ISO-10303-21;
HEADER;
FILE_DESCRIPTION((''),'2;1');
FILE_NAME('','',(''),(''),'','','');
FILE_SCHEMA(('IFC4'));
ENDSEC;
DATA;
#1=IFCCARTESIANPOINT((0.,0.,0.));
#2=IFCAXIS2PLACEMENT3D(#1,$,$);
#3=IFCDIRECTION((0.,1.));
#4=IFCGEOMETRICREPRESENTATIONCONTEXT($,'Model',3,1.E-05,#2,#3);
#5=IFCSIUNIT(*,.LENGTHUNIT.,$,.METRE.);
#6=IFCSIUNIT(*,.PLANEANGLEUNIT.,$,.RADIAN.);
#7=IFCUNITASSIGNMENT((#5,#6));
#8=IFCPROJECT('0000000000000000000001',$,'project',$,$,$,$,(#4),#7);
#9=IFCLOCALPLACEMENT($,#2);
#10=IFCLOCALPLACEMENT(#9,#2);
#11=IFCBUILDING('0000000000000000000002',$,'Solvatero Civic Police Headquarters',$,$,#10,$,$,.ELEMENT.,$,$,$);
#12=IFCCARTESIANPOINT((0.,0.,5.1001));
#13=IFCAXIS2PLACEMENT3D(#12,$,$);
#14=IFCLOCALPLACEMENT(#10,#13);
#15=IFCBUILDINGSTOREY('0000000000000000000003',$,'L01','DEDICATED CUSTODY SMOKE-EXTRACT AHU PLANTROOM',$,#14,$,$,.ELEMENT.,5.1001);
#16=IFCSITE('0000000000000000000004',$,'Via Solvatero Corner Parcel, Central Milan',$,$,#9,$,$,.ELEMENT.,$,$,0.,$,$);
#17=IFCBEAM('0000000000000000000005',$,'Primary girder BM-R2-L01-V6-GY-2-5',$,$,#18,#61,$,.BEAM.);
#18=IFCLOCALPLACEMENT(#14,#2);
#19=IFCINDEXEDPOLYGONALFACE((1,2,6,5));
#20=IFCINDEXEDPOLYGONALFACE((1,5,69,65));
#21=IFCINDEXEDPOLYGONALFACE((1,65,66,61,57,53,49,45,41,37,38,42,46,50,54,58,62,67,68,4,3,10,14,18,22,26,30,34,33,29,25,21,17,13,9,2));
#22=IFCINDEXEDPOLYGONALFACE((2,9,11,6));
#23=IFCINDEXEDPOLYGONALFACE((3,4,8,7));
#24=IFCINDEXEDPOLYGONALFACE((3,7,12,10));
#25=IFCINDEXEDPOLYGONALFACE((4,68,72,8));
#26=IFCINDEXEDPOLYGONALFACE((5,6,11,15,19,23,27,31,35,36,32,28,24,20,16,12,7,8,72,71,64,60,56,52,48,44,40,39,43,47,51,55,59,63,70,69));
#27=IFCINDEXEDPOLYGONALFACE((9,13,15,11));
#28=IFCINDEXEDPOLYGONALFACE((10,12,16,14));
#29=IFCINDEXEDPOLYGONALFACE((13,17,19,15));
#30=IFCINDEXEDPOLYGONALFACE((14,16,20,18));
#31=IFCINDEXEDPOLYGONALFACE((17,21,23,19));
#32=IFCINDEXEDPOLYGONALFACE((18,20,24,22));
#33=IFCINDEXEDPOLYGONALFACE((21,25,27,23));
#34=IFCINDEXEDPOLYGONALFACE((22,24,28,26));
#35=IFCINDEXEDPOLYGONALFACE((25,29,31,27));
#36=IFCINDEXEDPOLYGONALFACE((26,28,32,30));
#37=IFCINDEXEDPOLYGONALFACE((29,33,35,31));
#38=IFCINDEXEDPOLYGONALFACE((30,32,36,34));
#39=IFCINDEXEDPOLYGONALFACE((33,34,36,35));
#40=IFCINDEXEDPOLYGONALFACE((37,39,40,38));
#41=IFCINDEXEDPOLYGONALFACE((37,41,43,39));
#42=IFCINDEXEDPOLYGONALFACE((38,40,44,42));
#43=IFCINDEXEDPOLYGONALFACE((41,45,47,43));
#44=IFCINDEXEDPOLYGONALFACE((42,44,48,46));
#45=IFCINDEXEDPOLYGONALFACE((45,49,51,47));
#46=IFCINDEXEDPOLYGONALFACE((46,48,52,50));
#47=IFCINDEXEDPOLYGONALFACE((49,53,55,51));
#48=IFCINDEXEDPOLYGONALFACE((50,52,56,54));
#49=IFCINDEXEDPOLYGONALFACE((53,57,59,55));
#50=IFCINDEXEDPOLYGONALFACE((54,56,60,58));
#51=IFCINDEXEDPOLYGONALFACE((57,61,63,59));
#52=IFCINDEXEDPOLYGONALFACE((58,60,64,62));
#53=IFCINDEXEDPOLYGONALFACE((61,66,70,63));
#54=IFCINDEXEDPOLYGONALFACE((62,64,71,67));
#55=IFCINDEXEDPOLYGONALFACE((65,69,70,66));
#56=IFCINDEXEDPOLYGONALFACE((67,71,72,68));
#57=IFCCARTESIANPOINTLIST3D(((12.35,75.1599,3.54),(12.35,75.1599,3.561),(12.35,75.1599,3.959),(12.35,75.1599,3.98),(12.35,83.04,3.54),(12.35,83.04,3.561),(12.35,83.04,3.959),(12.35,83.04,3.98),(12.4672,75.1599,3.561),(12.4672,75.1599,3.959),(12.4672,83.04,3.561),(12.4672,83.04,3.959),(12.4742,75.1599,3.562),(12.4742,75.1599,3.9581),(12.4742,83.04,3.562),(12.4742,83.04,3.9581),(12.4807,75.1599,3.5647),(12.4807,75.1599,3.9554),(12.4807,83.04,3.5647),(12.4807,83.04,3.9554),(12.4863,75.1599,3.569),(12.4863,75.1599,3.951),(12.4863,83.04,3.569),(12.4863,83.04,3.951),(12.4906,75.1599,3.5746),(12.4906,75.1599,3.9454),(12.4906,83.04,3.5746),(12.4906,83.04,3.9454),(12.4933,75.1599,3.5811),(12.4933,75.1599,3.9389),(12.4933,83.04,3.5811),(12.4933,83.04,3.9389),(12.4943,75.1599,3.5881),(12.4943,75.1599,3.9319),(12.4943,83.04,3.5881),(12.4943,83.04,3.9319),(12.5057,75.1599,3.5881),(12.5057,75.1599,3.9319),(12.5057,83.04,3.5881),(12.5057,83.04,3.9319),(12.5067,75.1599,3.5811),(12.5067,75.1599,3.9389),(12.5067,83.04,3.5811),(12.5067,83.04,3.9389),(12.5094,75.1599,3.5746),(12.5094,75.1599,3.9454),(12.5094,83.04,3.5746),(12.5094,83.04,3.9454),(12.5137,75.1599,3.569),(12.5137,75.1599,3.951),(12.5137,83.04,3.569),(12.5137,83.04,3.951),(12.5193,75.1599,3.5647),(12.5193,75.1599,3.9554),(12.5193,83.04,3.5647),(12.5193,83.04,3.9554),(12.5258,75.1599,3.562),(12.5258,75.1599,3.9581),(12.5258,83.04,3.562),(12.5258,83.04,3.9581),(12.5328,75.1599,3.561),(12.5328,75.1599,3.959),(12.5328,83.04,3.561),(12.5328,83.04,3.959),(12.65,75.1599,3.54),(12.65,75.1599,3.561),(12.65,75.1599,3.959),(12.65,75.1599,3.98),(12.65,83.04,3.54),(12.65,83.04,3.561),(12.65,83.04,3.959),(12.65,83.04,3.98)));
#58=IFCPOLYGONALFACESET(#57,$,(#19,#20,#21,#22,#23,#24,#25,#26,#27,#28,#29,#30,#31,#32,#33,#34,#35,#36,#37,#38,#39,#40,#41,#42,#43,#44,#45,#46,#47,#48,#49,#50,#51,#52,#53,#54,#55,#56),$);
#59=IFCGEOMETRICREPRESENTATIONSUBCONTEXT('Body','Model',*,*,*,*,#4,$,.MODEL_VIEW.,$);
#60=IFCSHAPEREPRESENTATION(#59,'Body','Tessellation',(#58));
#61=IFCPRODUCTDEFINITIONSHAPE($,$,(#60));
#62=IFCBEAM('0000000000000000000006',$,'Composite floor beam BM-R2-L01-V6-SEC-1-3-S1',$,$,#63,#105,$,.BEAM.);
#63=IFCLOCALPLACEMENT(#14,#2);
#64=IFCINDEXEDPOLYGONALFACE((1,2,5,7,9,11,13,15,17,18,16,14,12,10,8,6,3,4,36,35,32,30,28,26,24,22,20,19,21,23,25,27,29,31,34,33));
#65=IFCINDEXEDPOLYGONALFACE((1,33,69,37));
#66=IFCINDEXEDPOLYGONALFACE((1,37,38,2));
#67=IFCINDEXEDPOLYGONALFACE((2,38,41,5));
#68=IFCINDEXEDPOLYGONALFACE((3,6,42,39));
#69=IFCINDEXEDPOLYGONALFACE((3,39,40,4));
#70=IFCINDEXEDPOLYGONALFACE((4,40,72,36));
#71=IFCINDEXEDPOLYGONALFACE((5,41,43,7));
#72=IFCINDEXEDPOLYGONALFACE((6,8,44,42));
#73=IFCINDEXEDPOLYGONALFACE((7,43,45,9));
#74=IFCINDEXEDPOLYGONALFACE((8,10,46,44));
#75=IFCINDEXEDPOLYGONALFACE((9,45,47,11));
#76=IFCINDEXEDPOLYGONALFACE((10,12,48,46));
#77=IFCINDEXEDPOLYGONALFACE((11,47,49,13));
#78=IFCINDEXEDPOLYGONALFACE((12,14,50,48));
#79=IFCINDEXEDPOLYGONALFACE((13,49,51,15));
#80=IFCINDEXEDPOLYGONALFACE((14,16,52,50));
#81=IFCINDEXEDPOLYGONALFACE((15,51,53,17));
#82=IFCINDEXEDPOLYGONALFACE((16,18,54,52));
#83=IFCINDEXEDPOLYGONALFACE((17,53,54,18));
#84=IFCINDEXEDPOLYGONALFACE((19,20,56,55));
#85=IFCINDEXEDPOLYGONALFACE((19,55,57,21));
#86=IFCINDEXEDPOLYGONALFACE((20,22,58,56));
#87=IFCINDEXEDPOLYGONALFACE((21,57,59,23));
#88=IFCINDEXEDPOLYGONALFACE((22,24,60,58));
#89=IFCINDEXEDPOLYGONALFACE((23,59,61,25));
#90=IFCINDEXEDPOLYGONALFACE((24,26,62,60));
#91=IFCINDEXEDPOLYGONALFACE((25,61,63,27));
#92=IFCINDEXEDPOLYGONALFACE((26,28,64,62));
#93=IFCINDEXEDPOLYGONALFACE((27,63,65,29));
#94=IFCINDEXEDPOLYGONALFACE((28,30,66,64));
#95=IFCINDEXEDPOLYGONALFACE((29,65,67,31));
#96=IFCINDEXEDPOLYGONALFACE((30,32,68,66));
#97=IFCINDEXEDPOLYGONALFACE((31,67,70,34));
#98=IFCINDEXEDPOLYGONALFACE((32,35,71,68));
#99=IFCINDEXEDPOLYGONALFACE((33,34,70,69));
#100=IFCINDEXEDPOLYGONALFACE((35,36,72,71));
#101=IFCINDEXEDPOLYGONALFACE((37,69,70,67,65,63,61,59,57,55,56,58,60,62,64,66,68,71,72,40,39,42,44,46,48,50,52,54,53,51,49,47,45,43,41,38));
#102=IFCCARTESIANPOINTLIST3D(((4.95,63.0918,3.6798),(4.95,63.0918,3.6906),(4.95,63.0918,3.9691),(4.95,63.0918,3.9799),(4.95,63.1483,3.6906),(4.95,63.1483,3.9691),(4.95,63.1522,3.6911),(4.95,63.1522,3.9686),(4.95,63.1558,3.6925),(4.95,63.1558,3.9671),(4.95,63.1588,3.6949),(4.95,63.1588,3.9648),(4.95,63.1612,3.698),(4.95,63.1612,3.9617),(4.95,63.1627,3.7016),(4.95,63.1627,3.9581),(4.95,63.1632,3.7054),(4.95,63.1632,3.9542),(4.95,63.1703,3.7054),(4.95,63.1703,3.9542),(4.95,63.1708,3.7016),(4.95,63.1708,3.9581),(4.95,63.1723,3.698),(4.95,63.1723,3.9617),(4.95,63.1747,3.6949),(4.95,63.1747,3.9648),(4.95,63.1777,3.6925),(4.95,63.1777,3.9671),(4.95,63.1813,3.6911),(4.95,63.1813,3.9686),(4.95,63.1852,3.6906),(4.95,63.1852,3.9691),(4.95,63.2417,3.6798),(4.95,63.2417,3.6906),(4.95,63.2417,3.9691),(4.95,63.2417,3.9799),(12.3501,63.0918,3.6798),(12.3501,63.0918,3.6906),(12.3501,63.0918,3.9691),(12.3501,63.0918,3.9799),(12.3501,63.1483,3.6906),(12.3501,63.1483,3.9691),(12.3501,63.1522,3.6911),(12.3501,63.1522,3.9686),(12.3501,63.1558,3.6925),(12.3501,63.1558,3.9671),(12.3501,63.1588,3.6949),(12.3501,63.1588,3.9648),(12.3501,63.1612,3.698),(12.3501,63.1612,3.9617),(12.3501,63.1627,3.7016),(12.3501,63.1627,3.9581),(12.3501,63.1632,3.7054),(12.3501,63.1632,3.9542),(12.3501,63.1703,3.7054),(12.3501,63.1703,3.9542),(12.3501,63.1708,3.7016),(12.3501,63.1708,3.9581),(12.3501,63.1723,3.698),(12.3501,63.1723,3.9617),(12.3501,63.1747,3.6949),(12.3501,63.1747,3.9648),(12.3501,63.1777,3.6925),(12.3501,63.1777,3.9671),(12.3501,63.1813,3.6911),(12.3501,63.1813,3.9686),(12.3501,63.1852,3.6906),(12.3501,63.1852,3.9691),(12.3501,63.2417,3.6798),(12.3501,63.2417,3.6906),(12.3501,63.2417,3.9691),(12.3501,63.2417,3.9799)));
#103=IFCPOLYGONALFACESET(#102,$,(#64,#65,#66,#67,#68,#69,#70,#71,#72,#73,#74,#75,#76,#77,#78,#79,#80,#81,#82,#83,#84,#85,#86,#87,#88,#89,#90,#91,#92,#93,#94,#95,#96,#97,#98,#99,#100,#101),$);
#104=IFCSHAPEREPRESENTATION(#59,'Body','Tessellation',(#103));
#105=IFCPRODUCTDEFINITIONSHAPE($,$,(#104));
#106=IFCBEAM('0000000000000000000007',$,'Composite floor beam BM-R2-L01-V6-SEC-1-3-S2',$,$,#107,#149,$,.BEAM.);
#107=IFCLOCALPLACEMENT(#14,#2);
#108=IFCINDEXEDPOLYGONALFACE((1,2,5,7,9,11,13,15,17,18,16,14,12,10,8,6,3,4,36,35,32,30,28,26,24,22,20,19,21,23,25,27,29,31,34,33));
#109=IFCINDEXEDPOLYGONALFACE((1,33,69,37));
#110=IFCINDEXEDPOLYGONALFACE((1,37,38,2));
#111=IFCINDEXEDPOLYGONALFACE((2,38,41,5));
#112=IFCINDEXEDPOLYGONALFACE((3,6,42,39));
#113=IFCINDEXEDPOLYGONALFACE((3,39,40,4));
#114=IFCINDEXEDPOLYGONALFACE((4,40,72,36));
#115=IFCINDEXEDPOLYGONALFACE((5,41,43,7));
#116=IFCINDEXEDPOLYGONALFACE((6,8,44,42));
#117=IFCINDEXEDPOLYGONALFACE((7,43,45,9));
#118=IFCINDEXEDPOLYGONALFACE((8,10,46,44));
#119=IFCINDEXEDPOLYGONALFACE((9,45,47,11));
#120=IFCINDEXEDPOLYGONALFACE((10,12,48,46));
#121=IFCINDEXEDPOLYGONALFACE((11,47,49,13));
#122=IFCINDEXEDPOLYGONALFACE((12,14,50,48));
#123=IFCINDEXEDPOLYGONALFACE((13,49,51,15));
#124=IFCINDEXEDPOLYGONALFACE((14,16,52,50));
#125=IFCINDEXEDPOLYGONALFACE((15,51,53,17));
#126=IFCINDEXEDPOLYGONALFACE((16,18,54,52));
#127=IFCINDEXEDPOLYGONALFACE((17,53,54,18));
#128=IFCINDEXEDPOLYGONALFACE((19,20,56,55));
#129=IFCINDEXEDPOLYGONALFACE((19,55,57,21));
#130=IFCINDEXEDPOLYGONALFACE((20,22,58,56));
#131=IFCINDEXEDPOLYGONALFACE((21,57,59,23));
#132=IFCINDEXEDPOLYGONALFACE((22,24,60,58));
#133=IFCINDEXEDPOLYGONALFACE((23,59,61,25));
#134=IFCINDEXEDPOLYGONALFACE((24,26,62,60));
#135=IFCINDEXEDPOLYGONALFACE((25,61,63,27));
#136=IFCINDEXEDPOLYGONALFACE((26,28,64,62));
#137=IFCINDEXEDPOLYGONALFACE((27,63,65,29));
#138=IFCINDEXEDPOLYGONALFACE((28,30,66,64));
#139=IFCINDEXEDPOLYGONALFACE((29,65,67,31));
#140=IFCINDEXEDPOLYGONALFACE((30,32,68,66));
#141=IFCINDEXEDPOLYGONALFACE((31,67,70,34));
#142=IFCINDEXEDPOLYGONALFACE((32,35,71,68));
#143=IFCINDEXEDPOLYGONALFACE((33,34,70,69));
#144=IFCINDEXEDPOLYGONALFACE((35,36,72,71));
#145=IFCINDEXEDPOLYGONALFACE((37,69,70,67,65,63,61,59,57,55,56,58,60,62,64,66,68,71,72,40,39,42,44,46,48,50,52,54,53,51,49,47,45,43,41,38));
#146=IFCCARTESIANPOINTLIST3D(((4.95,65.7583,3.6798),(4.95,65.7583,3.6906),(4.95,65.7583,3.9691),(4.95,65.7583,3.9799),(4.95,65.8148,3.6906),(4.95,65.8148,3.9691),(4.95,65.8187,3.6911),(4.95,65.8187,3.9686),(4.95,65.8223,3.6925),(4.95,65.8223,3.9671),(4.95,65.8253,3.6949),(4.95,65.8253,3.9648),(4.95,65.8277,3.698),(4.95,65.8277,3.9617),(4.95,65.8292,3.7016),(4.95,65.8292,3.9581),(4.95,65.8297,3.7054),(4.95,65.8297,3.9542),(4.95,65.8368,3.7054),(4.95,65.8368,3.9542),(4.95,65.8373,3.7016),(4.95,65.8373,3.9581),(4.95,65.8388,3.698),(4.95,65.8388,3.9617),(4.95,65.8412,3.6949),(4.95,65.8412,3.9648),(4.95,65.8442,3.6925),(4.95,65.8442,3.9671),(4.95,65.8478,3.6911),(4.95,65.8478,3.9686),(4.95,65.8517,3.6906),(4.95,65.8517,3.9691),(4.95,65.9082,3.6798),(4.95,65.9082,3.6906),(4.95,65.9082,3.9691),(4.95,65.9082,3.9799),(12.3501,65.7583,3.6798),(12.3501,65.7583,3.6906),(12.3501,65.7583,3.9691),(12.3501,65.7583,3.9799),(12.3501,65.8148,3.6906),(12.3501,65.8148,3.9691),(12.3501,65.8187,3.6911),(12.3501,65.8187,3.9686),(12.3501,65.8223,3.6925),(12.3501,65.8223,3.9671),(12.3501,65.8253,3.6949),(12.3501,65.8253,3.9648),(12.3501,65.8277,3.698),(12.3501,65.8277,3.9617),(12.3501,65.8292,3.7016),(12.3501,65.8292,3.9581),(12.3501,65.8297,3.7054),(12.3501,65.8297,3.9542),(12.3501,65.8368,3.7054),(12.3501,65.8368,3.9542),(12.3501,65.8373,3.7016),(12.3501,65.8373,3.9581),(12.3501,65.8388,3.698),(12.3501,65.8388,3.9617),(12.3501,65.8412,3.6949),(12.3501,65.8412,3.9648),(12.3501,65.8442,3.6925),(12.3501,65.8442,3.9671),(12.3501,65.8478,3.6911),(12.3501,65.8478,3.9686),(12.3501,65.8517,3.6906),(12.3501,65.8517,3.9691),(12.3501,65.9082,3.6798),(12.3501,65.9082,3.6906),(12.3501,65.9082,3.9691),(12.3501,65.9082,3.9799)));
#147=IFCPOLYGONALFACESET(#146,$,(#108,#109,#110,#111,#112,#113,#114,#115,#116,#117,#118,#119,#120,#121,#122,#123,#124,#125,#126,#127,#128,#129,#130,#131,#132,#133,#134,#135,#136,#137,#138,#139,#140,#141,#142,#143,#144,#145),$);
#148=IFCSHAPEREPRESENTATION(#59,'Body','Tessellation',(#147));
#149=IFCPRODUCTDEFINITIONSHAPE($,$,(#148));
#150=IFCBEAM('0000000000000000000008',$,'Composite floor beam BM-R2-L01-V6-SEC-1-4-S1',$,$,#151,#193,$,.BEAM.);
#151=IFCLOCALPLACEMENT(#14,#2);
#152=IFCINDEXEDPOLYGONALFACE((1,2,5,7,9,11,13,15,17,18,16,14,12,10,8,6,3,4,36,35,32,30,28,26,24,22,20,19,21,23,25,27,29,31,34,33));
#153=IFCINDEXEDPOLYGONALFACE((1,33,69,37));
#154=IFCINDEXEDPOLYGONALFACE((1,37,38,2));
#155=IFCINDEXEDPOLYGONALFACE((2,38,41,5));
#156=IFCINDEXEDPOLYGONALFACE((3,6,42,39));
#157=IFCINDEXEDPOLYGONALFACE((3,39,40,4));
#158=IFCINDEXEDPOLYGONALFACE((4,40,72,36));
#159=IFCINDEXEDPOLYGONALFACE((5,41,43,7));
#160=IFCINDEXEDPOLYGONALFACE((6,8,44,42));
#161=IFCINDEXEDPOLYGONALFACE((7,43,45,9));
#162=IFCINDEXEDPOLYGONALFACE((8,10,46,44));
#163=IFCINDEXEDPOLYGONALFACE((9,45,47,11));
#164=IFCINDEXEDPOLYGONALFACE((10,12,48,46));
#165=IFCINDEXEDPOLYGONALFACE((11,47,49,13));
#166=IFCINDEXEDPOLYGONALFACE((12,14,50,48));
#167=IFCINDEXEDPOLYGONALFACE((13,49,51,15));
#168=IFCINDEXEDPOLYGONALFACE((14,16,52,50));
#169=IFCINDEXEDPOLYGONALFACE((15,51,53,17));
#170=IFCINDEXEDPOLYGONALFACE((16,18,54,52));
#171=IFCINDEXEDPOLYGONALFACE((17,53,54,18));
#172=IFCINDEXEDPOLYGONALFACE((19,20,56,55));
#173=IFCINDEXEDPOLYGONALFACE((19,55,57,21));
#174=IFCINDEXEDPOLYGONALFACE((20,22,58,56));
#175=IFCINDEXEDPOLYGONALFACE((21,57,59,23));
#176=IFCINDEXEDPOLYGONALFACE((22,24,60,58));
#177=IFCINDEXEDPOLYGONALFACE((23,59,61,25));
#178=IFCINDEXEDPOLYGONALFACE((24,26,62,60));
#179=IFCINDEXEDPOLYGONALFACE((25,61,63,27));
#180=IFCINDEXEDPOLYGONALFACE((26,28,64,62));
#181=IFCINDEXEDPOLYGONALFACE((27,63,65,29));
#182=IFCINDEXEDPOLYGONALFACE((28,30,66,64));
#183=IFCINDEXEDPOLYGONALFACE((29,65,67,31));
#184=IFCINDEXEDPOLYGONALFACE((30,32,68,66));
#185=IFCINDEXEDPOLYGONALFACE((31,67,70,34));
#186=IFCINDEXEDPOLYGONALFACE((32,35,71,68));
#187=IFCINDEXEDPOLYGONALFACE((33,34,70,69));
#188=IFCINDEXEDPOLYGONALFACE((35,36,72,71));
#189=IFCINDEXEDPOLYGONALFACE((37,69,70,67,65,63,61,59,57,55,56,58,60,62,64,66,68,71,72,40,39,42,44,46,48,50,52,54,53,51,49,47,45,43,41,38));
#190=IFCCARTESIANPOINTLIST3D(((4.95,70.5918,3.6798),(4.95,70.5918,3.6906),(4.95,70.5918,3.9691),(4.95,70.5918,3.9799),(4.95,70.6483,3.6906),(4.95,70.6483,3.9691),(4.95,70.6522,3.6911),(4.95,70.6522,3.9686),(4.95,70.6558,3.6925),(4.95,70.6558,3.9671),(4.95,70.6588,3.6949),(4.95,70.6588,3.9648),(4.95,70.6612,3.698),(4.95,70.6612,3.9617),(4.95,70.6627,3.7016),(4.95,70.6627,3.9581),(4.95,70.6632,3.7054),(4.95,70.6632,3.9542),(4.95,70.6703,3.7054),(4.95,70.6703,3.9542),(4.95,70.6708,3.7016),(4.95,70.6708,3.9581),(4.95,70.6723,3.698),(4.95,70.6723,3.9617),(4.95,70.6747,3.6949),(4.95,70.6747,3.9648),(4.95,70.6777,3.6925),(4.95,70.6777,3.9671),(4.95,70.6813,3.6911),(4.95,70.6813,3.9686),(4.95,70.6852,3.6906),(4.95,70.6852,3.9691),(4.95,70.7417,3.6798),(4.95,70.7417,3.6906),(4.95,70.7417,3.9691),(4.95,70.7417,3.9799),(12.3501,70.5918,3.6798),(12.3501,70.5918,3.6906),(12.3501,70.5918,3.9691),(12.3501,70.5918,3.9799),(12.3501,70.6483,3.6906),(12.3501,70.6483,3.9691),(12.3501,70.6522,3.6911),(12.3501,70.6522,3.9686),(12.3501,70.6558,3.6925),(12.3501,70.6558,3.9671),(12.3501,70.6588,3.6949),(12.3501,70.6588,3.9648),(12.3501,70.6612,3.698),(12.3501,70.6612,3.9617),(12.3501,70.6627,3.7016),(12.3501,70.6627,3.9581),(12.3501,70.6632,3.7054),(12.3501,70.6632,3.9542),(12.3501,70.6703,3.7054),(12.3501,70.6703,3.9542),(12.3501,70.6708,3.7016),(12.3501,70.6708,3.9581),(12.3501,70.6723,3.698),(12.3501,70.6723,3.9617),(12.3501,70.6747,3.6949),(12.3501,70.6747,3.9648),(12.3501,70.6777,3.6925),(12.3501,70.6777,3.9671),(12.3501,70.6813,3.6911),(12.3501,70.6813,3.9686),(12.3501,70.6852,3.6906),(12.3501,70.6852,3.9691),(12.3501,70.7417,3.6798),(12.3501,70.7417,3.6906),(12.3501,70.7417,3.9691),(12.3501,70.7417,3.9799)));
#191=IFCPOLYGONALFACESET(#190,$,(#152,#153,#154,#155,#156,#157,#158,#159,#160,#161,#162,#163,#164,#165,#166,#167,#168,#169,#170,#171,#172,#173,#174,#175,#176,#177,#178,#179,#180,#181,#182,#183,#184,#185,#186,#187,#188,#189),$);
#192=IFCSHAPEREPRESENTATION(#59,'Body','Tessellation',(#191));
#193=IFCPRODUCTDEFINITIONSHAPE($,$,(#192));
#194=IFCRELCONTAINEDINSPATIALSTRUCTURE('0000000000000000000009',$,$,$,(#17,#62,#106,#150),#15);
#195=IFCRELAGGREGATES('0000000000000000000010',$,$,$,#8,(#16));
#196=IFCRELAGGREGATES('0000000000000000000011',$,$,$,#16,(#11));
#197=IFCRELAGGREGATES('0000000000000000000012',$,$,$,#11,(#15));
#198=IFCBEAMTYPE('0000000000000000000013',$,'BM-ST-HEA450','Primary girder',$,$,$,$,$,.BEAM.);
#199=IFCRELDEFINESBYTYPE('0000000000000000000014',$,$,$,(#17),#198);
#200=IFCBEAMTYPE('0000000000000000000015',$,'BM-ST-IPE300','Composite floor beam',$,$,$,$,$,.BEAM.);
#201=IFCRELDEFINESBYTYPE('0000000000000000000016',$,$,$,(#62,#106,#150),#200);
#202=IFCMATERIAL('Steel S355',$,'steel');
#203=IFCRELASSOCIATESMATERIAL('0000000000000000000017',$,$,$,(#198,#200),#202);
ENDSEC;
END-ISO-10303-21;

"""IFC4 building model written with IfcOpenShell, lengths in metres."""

from ifc_helpers import new_model, si_unit, direction, frame, origin, origin_2d, place, context, subcontext, project, spatial, i_section, extrude, material, material_profile, profile_set, type_object, element, save


model = new_model("IFC4")

# Units and contexts
model_context = context("Model", 3, precision=1e-05, world=origin(), true_north=direction((0.0, 1.0)))
body_context = subcontext(model_context, "Body", "Model", "MODEL_VIEW")
ifc_project = project(units=[si_unit("LENGTHUNIT", "METRE"), si_unit("PLANEANGLEUNIT", "RADIAN")], contexts=[model_context])

# Site, building, storey
site_placement = place(None, origin())
site = spatial("IfcSite", under=ifc_project, at=site_placement, Name="Via Solvatero Corner Parcel, Central Milan", CompositionType="ELEMENT", RefElevation=0.0)
building_placement = place(site_placement, origin())
building = spatial("IfcBuilding", under=site, at=building_placement, Name="Solvatero Civic Police Headquarters", CompositionType="ELEMENT")
storey_placement = place(building_placement, frame((0.0, 0.0, 5.1001)))
storey = spatial("IfcBuildingStorey", under=building, at=storey_placement, Name="L01", Description="DEDICATED CUSTODY SMOKE-EXTRACT AHU PLANTROOM", CompositionType="ELEMENT", Elevation=5.1001)

# Shared definitions
ifc_material_1 = material(Name="Steel S355", Category="steel")

# Beams
ifc_material_profile_1 = material_profile(ifc_material_1, i_section(OverallWidth=0.3, OverallDepth=0.4399, WebThickness=0.0115, FlangeThickness=0.021, FilletRadius=0.0271, at=origin_2d()), Name="HEA 450")
ifc_profile_set_1 = profile_set([ifc_material_profile_1], Name="Steel S355")
beam_type_1 = type_object("IfcBeamType", Name="BM-ST-HEA450", Description="Primary girder", PredefinedType="BEAM", material=ifc_profile_set_1)
beam_1_placement = place(storey_placement, frame((12.5, 75.1599, 3.76), z_axis=(0.0, 1.0, 0.0), x_axis=(-1.0, 0.0, 0.0)))
element("IfcBeam", 1, at=beam_1_placement, inside=storey, type_object=beam_type_1, Name="Primary girder BM-R2-L01-V6-GY-2-5", PredefinedType="BEAM", context=body_context, shape_type="SweptSolid", body=[
    extrude(i_section(OverallWidth=0.3, OverallDepth=0.4399, WebThickness=0.0115, FlangeThickness=0.021, FilletRadius=0.0271, at=origin_2d()), origin(), (0.0, 0.0, 1.0), 7.8801),
])
ifc_material_profile_2 = material_profile(ifc_material_1, i_section(OverallWidth=0.1499, OverallDepth=0.3, WebThickness=0.0071, FlangeThickness=0.0107, FilletRadius=0.0149, at=origin_2d()), Name="IPE 300")
ifc_profile_set_2 = profile_set([ifc_material_profile_2], Name="Steel S355")
beam_type_2 = type_object("IfcBeamType", Name="BM-ST-IPE300", Description="Composite floor beam", PredefinedType="BEAM", material=ifc_profile_set_2)
for number, where, z_axis, x_axis, name in (
    (2, (4.95, 63.1667, 3.8298), (1.0, 0.0, 0.0), (0.0, 1.0, 0.0), "Composite floor beam BM-R2-L01-V6-SEC-1-3-S1"),
    (3, (4.95, 65.8333, 3.8298), (1.0, 0.0, 0.0), (0.0, 1.0, 0.0), "Composite floor beam BM-R2-L01-V6-SEC-1-3-S2"),
    (4, (4.95, 70.6667, 3.8298), (1.0, 0.0, 0.0), (0.0, 1.0, 0.0), "Composite floor beam BM-R2-L01-V6-SEC-1-4-S1"),
):
    element("IfcBeam", number, at=place(storey_placement, frame(where, z_axis=z_axis, x_axis=x_axis)), inside=storey, type_object=beam_type_2, Name=name, PredefinedType="BEAM", context=body_context, shape_type="SweptSolid", body=[
        extrude(i_section(OverallWidth=0.1499, OverallDepth=0.3, WebThickness=0.0071, FlangeThickness=0.0107, FilletRadius=0.0149, at=origin_2d()), origin(), (0.0, 0.0, 1.0), 7.4001),
    ])

save(model, "model.ifc")
